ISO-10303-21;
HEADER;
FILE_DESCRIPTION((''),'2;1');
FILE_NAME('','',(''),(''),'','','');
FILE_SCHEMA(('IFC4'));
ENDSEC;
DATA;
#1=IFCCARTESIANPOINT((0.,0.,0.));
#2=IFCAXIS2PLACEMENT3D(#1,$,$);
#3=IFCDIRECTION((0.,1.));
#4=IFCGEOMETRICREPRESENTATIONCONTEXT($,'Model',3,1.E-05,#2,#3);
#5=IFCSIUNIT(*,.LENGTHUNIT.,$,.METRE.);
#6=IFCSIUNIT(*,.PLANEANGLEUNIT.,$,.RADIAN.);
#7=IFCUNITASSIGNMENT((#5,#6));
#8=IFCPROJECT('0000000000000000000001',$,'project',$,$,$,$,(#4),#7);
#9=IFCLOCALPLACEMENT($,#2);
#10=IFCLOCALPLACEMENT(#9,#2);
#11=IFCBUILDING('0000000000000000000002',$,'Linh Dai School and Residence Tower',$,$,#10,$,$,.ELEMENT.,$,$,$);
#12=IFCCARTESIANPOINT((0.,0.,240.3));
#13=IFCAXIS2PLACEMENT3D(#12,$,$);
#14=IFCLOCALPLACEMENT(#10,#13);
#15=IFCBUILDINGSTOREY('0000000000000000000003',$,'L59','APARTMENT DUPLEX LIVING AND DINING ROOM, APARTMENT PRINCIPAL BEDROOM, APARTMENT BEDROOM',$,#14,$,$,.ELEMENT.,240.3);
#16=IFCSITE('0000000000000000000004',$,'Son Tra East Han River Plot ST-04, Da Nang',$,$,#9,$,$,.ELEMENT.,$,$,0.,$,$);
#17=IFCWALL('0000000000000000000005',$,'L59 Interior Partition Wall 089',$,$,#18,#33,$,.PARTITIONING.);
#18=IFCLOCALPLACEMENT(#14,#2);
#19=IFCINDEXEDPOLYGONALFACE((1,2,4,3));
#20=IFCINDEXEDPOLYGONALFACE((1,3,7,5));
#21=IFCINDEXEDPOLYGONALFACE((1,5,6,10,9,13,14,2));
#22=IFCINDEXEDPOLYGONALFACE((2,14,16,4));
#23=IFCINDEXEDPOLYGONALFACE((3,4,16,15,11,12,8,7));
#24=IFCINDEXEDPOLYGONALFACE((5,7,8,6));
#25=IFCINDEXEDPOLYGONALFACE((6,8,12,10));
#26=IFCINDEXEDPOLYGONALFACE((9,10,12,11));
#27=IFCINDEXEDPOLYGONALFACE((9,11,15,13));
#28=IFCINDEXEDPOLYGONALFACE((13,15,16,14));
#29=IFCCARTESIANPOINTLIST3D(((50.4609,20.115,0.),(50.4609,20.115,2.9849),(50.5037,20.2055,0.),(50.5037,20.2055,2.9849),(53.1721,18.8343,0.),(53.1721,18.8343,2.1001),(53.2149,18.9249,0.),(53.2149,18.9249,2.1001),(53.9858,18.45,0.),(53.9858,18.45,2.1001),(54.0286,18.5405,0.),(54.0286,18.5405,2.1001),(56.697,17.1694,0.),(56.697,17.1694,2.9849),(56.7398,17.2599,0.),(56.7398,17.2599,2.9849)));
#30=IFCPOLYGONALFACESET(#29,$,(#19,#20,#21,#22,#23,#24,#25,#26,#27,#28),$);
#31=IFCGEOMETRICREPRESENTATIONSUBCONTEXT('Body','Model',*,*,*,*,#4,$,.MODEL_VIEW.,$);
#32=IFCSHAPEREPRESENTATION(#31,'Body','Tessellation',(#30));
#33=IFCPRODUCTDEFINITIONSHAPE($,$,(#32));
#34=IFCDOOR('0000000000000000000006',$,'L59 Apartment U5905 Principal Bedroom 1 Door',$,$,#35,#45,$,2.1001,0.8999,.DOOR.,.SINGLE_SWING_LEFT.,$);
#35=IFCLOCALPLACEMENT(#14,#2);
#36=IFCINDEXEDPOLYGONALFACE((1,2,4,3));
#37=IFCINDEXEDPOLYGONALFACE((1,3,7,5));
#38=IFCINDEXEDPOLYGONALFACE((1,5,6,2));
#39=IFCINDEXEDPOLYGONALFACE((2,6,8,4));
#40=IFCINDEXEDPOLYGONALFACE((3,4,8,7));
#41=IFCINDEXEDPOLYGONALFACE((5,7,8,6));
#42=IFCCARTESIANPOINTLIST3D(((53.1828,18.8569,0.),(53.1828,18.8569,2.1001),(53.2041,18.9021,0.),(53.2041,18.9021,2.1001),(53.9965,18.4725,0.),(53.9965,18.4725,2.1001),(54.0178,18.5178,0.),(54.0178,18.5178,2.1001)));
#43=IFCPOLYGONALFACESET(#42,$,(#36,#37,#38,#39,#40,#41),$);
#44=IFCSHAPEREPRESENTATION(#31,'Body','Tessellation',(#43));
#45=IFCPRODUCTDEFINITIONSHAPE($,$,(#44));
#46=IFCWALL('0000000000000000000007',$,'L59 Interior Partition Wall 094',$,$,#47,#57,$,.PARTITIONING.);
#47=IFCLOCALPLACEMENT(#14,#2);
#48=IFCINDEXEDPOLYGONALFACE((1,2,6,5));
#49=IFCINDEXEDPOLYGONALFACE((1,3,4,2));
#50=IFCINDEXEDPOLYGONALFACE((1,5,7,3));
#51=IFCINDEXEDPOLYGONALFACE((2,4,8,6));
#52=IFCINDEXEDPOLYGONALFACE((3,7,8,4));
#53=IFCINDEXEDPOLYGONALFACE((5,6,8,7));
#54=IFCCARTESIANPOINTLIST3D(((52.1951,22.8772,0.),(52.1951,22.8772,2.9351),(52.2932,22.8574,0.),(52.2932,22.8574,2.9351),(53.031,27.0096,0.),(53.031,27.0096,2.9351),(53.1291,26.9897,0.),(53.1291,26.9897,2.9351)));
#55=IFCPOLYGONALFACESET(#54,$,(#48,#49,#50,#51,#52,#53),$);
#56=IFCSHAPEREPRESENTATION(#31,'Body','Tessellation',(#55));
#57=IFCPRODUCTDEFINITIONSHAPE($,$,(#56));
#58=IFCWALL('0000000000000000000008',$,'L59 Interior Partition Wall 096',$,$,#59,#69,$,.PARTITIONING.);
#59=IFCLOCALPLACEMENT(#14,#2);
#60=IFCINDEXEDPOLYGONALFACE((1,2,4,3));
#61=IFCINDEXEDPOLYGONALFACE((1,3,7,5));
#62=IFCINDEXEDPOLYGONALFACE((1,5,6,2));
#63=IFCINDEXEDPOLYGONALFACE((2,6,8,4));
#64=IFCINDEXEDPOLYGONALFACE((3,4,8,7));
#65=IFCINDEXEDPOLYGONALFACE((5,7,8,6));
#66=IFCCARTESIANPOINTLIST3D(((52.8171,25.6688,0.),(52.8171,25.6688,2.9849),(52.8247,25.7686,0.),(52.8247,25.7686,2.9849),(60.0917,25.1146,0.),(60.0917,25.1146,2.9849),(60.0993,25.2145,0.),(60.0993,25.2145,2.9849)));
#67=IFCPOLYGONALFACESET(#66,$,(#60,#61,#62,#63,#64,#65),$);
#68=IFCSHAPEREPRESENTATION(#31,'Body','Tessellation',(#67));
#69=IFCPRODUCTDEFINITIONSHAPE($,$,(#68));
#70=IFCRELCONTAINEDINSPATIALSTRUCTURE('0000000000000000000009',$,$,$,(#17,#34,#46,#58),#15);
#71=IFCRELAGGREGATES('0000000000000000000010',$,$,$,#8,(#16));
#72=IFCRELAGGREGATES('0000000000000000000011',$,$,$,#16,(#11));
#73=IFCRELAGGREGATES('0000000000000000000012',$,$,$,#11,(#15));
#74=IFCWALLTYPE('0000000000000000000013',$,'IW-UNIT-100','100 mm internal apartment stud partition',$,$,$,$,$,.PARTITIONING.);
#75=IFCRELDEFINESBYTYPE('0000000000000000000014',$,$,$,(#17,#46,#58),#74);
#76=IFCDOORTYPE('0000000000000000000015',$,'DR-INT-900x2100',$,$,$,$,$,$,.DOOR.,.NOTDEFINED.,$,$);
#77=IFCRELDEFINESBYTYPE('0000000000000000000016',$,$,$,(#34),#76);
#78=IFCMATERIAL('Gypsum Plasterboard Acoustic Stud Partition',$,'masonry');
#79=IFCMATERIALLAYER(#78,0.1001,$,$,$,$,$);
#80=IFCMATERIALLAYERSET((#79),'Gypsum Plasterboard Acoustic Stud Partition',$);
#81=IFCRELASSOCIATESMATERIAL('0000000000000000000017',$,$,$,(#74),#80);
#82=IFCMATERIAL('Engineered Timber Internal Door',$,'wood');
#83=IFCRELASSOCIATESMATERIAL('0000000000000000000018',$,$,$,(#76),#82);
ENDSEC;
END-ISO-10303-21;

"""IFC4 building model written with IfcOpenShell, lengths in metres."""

from ifc_helpers import new_model, si_unit, direction, frame, frame_2d, origin, origin_2d, place, context, subcontext, project, spatial, rectangle, extrude, source, transform, mapped, material, layer, layer_set, type_object, element, fill, save


model = new_model("IFC4")

# Units and contexts
model_context = context("Model", 3, precision=1e-05, world=origin(), true_north=direction((0.0, 1.0)))
body_context = subcontext(model_context, "Body", "Model", "MODEL_VIEW")
ifc_project = project(units=[si_unit("LENGTHUNIT", "METRE"), si_unit("PLANEANGLEUNIT", "RADIAN")], contexts=[model_context])

# Site, building, storey
site_placement = place(None, origin())
site = spatial("IfcSite", under=ifc_project, at=site_placement, Name="Son Tra East Han River Plot ST-04, Da Nang", CompositionType="ELEMENT", RefElevation=0.0)
building_placement = place(site_placement, origin())
building = spatial("IfcBuilding", under=site, at=building_placement, Name="Linh Dai School and Residence Tower", CompositionType="ELEMENT")
storey_placement = place(building_placement, frame((0.0, 0.0, 240.3)))
storey = spatial("IfcBuildingStorey", under=building, at=storey_placement, Name="L59", Description="APARTMENT DUPLEX LIVING AND DINING ROOM, APARTMENT PRINCIPAL BEDROOM, APARTMENT BEDROOM", CompositionType="ELEMENT", Elevation=240.3)

# Shared definitions
ifc_material_1 = material(Name="Gypsum Plasterboard Acoustic Stud Partition", Category="masonry")
ifc_layer_1 = layer(ifc_material_1, 0.1001)
ifc_layer_set_1 = layer_set([ifc_layer_1], Name="Gypsum Plasterboard Acoustic Stud Partition")
wall_type_1 = type_object("IfcWallType", Name="IW-UNIT-100", Description="100 mm internal apartment stud partition", PredefinedType="PARTITIONING", material=ifc_layer_set_1)

# Wall, opening, door
wall_1_placement = place(storey_placement, frame((50.4824, 20.1602, 0.0), z_axis=(0.0, 0.0, 1.0), x_axis=(0.904207, -0.427094, 0.0)))
wall_1 = element("IfcWall", 1, at=wall_1_placement, inside=storey, type_object=wall_type_1, Name="L59 Interior Partition Wall 089", PredefinedType="PARTITIONING", context=body_context, shape_type="SweptSolid", body=[
    extrude(rectangle(XDim=6.8967, YDim=0.1001, at=frame_2d((3.4482, 0.0))), origin(), (0.0, 0.0, 1.0), 2.9849),
])
opening_1_placement = place(wall_1_placement, frame((2.9983, 0.0, 0.0)))
opening_1 = element("IfcOpeningElement", 2, at=opening_1_placement, cuts=wall_1, PredefinedType="OPENING", context=body_context, shape_type="SweptSolid", body=[
    extrude(rectangle(XDim=0.8999, YDim=2.1001, at=origin_2d()), frame((0.45, 0.0601, 1.05), z_axis=(0.0, -1.0, 0.0), x_axis=(1.0, 0.0, 0.0)), (0.0, 0.0, 1.0), 0.1201),
])
ifc_material_2 = material(Name="Engineered Timber Internal Door", Category="wood")
door_type_1 = type_object("IfcDoorType", Name="DR-INT-900x2100", OperationType="NOTDEFINED", PredefinedType="DOOR", material=ifc_material_2)
shared_shape_1 = source(origin(), body_context, "Body", "SweptSolid", [
    extrude(rectangle(XDim=0.8999, YDim=2.1001, at=origin_2d()), frame((0.45, 0.0249, 1.05), z_axis=(0.0, -1.0, 0.0), x_axis=(1.0, 0.0, 0.0)), (0.0, 0.0, 1.0), 0.05),
])
door_1_placement = place(opening_1_placement, origin())
door_1 = element("IfcDoor", 3, at=door_1_placement, inside=storey, type_object=door_type_1, Name="L59 Apartment U5905 Principal Bedroom 1 Door", OperationType="SINGLE_SWING_LEFT", OverallHeight=2.1001, OverallWidth=0.8999, PredefinedType="DOOR", context=body_context, shape_type="MappedRepresentation", body=[
    mapped(shared_shape_1, transform((0.0, 0.0, 0.0), x_axis=(1.0, 0.0, 0.0), y_axis=(0.0, 1.0, 0.0), z_axis=(0.0, 0.0, 1.0), scale=1.0)),
])
fill(opening_1, door_1)

# Walls
wall_2_placement = place(storey_placement, frame((52.2441, 22.8674, 0.0), z_axis=(0.0, 0.0, 1.0), x_axis=(0.198276, 0.980146, 0.0)))
element("IfcWall", 4, at=wall_2_placement, inside=storey, type_object=wall_type_1, Name="L59 Interior Partition Wall 094", PredefinedType="PARTITIONING", context=body_context, shape_type="SweptSolid", body=[
    extrude(rectangle(XDim=4.2161, YDim=0.1001, at=frame_2d((2.1079, 0.0))), origin(), (0.0, 0.0, 1.0), 2.9351),
])
wall_3_placement = place(storey_placement, frame((52.8208, 25.7188, 0.0), z_axis=(0.0, 0.0, 1.0), x_axis=(0.997111, -0.075962, 0.0)))
element("IfcWall", 5, at=wall_3_placement, inside=storey, type_object=wall_type_1, Name="L59 Interior Partition Wall 096", PredefinedType="PARTITIONING", context=body_context, shape_type="SweptSolid", body=[
    extrude(rectangle(XDim=7.2957, YDim=0.1001, at=frame_2d((3.6479, 0.0))), origin(), (0.0, 0.0, 1.0), 2.9849),
])

save(model, "model.ifc")
